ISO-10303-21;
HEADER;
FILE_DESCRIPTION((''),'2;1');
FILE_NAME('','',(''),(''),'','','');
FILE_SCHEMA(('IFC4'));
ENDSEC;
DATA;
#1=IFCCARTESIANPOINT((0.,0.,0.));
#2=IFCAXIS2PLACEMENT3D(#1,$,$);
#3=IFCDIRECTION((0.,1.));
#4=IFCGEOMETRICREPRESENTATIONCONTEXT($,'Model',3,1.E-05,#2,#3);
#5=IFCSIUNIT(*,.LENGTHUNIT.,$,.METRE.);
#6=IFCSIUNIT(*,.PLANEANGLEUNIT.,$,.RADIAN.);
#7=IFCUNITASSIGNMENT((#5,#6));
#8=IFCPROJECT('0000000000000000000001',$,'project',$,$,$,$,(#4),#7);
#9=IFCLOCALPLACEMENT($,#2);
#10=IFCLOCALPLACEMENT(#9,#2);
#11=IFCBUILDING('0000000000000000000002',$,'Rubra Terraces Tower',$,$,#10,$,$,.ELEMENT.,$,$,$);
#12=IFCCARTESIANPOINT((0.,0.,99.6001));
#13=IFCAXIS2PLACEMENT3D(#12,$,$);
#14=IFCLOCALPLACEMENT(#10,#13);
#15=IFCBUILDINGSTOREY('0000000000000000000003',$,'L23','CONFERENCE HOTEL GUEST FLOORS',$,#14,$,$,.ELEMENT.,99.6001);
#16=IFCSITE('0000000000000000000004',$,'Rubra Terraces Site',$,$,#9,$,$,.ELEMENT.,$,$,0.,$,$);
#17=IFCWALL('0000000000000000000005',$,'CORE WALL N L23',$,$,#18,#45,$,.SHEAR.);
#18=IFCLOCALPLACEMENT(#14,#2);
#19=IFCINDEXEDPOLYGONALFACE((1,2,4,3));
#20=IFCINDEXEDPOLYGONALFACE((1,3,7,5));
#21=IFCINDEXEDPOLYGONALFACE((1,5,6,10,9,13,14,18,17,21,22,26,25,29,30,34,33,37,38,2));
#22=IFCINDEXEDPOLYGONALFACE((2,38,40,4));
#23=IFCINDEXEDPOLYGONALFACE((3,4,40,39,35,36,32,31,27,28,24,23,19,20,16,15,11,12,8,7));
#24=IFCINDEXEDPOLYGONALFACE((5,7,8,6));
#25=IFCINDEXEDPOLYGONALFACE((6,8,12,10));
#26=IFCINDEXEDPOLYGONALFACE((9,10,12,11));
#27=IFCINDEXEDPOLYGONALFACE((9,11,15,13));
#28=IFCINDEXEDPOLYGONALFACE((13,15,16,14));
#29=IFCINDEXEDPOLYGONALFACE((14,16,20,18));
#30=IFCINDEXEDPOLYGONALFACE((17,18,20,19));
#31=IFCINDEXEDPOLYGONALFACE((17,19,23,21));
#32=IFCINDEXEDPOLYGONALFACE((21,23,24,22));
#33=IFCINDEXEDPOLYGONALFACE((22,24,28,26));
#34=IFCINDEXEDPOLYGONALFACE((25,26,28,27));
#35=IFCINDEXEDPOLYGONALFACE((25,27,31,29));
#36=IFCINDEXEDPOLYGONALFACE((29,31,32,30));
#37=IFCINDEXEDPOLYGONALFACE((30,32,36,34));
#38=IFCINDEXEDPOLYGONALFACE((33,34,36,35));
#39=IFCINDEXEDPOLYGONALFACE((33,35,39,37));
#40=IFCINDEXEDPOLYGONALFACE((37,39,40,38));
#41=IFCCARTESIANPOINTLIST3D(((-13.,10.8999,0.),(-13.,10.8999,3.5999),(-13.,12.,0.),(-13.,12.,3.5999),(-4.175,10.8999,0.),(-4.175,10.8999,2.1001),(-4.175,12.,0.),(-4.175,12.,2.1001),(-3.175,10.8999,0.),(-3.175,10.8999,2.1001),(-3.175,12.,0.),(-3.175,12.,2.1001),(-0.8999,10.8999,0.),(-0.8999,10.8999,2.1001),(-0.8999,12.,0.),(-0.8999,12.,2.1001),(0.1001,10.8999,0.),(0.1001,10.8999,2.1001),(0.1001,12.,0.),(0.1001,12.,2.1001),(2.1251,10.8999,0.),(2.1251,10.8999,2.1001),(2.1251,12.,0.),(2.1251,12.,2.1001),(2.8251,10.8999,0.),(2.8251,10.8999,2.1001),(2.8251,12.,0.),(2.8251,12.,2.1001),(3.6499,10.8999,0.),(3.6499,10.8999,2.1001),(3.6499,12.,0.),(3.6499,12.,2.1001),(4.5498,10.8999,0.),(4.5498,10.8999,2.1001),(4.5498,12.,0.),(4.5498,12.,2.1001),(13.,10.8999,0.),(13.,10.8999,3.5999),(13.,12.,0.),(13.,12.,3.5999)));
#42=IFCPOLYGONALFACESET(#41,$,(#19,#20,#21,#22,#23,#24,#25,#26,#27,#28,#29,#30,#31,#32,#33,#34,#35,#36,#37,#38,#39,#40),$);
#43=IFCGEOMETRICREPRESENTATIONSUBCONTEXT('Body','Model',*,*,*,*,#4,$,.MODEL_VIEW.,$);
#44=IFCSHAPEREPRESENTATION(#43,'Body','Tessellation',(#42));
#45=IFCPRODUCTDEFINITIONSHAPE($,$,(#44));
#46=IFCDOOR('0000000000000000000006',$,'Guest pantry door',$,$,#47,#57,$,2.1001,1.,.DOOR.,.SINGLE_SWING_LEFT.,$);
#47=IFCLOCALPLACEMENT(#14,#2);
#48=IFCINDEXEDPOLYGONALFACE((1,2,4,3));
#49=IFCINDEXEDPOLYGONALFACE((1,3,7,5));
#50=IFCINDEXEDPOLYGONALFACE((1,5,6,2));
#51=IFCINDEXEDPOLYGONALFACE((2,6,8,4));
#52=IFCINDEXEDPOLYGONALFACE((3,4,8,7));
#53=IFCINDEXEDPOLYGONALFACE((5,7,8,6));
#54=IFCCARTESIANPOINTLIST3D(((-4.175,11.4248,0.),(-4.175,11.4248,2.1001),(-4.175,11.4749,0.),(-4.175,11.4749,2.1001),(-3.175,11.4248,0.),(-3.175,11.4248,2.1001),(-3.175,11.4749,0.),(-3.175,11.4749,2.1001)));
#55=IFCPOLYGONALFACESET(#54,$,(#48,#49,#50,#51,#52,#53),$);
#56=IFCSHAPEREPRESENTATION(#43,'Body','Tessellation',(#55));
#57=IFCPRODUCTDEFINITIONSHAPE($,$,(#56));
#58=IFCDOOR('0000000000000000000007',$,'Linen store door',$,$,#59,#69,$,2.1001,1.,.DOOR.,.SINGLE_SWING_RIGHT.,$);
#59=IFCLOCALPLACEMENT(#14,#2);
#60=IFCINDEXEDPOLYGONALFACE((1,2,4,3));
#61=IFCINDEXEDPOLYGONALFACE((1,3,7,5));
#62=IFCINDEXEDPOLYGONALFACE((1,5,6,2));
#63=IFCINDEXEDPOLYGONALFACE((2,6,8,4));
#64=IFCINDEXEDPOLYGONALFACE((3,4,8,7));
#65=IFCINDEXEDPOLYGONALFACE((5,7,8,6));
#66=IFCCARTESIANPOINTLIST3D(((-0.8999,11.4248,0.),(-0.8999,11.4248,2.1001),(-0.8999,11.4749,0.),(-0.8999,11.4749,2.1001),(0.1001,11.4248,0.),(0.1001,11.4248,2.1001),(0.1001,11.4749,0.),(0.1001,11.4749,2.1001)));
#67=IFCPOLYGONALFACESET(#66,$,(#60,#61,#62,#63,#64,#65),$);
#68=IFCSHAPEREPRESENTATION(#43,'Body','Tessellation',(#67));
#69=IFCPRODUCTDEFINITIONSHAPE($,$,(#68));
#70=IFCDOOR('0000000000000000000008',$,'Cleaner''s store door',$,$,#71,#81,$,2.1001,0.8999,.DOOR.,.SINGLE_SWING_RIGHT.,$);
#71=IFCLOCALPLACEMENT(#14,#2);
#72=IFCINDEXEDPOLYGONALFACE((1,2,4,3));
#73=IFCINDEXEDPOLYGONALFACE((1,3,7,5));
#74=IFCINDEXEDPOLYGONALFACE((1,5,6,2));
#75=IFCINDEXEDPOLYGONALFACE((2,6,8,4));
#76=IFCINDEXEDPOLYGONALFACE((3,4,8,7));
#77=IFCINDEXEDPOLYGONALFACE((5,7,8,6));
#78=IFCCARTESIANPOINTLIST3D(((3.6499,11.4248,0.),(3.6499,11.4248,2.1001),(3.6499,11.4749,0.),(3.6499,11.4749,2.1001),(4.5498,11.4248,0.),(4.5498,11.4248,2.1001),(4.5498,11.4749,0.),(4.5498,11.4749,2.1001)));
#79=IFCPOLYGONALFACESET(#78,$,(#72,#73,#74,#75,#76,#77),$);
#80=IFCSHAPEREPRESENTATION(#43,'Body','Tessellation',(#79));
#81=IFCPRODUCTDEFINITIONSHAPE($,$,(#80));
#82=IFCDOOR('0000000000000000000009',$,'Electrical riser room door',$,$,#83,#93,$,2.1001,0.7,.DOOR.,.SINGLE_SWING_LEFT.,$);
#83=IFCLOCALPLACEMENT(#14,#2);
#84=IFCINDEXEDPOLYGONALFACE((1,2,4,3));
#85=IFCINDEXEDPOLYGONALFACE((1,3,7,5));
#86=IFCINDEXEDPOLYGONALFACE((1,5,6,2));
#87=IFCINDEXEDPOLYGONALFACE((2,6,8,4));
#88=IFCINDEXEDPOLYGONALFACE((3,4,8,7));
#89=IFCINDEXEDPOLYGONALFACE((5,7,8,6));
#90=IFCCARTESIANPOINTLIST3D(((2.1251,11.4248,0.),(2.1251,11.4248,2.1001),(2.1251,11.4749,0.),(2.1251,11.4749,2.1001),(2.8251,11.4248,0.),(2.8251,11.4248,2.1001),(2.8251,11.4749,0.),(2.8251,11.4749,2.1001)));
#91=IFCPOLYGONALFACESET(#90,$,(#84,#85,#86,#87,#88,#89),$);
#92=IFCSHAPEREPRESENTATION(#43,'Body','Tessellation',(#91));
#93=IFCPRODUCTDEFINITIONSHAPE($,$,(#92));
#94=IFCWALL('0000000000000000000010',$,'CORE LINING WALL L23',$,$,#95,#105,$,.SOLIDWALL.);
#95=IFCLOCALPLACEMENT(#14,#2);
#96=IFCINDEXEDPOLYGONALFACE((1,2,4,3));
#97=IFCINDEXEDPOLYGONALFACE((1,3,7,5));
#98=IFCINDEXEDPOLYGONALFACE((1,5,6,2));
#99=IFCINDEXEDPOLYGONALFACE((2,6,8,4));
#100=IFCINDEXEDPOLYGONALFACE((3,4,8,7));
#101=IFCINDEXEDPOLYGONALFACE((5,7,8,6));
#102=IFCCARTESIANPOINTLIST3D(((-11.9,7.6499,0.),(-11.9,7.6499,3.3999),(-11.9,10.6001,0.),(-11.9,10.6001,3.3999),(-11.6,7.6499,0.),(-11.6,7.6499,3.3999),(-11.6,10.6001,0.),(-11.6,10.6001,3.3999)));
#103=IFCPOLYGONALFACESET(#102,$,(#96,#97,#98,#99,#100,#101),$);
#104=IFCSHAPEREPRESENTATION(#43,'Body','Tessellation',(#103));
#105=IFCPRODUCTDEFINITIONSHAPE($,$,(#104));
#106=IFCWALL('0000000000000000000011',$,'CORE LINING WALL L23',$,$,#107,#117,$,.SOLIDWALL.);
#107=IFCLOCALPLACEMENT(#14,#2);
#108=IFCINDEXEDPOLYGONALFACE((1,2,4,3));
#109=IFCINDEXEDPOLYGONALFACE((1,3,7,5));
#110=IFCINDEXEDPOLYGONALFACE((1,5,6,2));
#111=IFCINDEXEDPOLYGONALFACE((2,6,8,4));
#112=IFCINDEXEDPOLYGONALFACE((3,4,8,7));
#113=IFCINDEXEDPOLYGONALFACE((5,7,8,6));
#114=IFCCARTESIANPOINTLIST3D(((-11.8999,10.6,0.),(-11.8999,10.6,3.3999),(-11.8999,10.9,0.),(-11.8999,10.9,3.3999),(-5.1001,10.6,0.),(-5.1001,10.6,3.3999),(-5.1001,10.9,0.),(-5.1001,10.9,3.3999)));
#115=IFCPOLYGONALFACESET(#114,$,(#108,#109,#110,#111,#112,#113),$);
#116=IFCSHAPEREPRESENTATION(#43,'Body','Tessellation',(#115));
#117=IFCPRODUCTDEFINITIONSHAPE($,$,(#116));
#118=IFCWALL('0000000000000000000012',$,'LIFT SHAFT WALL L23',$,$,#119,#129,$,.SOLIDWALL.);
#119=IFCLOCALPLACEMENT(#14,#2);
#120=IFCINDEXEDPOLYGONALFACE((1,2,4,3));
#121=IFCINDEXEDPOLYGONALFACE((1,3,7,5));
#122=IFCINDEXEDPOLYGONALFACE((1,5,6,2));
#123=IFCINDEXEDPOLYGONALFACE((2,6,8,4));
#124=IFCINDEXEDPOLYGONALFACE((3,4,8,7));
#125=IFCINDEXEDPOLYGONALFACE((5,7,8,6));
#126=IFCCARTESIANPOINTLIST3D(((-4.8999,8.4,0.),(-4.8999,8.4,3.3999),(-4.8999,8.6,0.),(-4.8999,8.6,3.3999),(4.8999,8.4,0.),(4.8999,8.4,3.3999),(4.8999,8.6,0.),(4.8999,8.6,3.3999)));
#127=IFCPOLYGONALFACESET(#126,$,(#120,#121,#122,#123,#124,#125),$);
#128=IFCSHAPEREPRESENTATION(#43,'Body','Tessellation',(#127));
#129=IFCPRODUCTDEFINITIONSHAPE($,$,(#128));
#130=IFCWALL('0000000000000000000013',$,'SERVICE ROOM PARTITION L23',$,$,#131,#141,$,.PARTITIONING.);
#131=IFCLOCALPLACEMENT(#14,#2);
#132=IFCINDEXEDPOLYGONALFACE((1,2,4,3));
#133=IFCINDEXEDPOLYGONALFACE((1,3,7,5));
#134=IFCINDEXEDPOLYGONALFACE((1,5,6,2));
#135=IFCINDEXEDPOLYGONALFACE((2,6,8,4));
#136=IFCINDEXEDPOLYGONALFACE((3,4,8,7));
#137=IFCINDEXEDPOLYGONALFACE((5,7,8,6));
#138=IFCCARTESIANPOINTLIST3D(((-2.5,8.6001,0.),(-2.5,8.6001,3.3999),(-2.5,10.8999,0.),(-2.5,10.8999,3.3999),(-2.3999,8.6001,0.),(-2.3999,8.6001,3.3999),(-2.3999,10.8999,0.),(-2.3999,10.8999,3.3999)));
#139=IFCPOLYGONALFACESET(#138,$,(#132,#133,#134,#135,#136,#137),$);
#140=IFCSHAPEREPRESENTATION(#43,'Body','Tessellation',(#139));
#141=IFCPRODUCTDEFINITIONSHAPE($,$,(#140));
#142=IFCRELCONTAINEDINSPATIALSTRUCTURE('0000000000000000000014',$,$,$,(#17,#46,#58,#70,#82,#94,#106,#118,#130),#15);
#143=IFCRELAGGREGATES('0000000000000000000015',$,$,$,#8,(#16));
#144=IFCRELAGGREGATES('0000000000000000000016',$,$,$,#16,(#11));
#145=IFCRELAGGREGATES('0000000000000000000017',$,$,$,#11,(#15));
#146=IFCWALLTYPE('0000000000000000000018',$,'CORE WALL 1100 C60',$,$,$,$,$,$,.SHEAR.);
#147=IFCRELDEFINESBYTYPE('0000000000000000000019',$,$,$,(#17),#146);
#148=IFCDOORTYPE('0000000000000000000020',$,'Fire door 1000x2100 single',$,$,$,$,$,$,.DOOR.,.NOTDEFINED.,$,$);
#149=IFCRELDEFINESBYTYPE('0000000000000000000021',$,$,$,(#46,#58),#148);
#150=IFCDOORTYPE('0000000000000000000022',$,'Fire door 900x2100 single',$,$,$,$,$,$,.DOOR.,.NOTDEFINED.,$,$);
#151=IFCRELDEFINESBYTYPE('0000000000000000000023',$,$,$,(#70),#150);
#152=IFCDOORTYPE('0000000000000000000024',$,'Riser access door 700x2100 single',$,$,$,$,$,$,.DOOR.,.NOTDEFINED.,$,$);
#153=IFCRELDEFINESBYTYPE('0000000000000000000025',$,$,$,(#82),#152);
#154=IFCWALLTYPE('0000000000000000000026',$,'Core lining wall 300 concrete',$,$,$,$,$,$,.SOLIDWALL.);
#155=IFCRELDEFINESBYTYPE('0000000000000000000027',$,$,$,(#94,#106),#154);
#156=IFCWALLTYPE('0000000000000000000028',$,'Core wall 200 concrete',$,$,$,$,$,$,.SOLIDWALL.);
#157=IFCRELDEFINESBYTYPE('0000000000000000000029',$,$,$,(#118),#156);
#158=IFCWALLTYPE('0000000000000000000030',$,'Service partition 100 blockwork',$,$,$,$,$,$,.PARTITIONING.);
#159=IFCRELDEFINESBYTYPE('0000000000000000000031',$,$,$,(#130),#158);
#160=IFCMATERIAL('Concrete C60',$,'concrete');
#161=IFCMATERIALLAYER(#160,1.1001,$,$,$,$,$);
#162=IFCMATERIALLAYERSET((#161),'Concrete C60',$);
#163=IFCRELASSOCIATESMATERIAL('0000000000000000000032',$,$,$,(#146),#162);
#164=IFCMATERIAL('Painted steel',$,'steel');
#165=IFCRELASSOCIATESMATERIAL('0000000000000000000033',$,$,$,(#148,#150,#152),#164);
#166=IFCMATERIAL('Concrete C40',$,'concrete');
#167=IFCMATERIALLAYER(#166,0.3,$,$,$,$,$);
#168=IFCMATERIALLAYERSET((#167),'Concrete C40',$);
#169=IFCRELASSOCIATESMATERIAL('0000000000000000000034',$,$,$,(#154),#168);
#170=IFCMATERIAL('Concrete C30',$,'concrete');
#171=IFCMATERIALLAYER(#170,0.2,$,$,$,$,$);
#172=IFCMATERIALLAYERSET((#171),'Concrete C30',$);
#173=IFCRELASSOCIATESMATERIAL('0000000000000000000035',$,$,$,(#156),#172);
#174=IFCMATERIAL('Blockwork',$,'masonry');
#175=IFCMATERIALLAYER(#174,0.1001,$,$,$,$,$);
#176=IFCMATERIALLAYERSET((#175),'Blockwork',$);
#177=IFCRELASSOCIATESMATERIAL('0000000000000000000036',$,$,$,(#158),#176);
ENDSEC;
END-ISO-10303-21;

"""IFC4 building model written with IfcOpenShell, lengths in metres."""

from ifc_helpers import new_model, si_unit, direction, frame, frame_2d, origin, place, context, subcontext, project, spatial, rectangle, extrude, material, layer, layer_set, type_object, element, fill, save


model = new_model("IFC4")

# Units and contexts
model_context = context("Model", 3, precision=1e-05, world=origin(), true_north=direction((0.0, 1.0)))
body_context = subcontext(model_context, "Body", "Model", "MODEL_VIEW")
ifc_project = project(units=[si_unit("LENGTHUNIT", "METRE"), si_unit("PLANEANGLEUNIT", "RADIAN")], contexts=[model_context])

# Site, building, storey
site_placement = place(None, origin())
site = spatial("IfcSite", under=ifc_project, at=site_placement, Name="Rubra Terraces Site", CompositionType="ELEMENT", RefElevation=0.0)
building_placement = place(site_placement, origin())
building = spatial("IfcBuilding", under=site, at=building_placement, Name="Rubra Terraces Tower", CompositionType="ELEMENT")
storey_placement = place(building_placement, frame((0.0, 0.0, 99.6001)))
storey = spatial("IfcBuildingStorey", under=building, at=storey_placement, Name="L23", Description="CONFERENCE HOTEL GUEST FLOORS", CompositionType="ELEMENT", Elevation=99.6001)

# Wall, openings, doors
ifc_material_1 = material(Name="Concrete C60", Category="concrete")
ifc_layer_1 = layer(ifc_material_1, 1.1001)
ifc_layer_set_1 = layer_set([ifc_layer_1], Name="Concrete C60")
wall_type_1 = type_object("IfcWallType", Name="CORE WALL 1100 C60", PredefinedType="SHEAR", material=ifc_layer_set_1)
wall_1_placement = place(storey_placement, frame((-13.0, 11.45, 0.0), z_axis=(0.0, 0.0, 1.0), x_axis=(1.0, 0.0, 0.0)))
wall_1 = element("IfcWall", 1, at=wall_1_placement, inside=storey, type_object=wall_type_1, Name="CORE WALL N L23", PredefinedType="SHEAR", context=body_context, shape_type="SweptSolid", body=[
    extrude(rectangle(XDim=26.0, YDim=1.1001, at=frame_2d((13.0, 0.0))), origin(), (0.0, 0.0, 1.0), 3.5999),
])
opening_1_placement = place(wall_1_placement, frame((8.825, 0.0, 0.0)))
opening_1 = element("IfcOpeningElement", 2, at=opening_1_placement, cuts=wall_1, PredefinedType="OPENING", context=body_context, shape_type="SweptSolid", body=[
    extrude(rectangle(XDim=1.0, YDim=2.1001, at=frame_2d((0.5, 1.05))), frame((0.0, 0.5601, 0.0), z_axis=(0.0, -1.0, 0.0), x_axis=(1.0, 0.0, 0.0)), (0.0, 0.0, 1.0), 1.1201),
])
opening_2_placement = place(wall_1_placement, frame((12.1001, 0.0, 0.0)))
opening_2 = element("IfcOpeningElement", 3, at=opening_2_placement, cuts=wall_1, PredefinedType="OPENING", context=body_context, shape_type="SweptSolid", body=[
    extrude(rectangle(XDim=1.0, YDim=2.1001, at=frame_2d((0.5, 1.05))), frame((0.0, 0.5601, 0.0), z_axis=(0.0, -1.0, 0.0), x_axis=(1.0, 0.0, 0.0)), (0.0, 0.0, 1.0), 1.1201),
])
opening_3_placement = place(wall_1_placement, frame((15.125, 0.0, 0.0)))
opening_3 = element("IfcOpeningElement", 4, at=opening_3_placement, cuts=wall_1, PredefinedType="OPENING", context=body_context, shape_type="SweptSolid", body=[
    extrude(rectangle(XDim=0.7, YDim=2.1001, at=frame_2d((0.3501, 1.05))), frame((0.0, 0.5601, 0.0), z_axis=(0.0, -1.0, 0.0), x_axis=(1.0, 0.0, 0.0)), (0.0, 0.0, 1.0), 1.1201),
])
opening_4_placement = place(wall_1_placement, frame((16.6499, 0.0, 0.0)))
opening_4 = element("IfcOpeningElement", 5, at=opening_4_placement, cuts=wall_1, PredefinedType="OPENING", context=body_context, shape_type="SweptSolid", body=[
    extrude(rectangle(XDim=0.8999, YDim=2.1001, at=frame_2d((0.45, 1.05))), frame((0.0, 0.5601, 0.0), z_axis=(0.0, -1.0, 0.0), x_axis=(1.0, 0.0, 0.0)), (0.0, 0.0, 1.0), 1.1201),
])
ifc_material_2 = material(Name="Painted steel", Category="steel")
door_type_1 = type_object("IfcDoorType", Name="Fire door 1000x2100 single", OperationType="NOTDEFINED", PredefinedType="DOOR", material=ifc_material_2)
door_1_placement = place(opening_1_placement, origin())
door_1 = element("IfcDoor", 6, at=door_1_placement, inside=storey, type_object=door_type_1, Name="Guest pantry door", OperationType="SINGLE_SWING_LEFT", OverallHeight=2.1001, OverallWidth=1.0, PredefinedType="DOOR", context=body_context, shape_type="SweptSolid", body=[
    extrude(rectangle(XDim=1.0, YDim=2.1001, at=frame_2d((0.5, 1.05))), frame((0.0, 0.0249, 0.0), z_axis=(0.0, -1.0, 0.0), x_axis=(1.0, 0.0, 0.0)), (0.0, 0.0, 1.0), 0.05),
])
fill(opening_1, door_1)
door_2_placement = place(opening_2_placement, origin())
door_2 = element("IfcDoor", 7, at=door_2_placement, inside=storey, type_object=door_type_1, Name="Linen store door", OperationType="SINGLE_SWING_RIGHT", OverallHeight=2.1001, OverallWidth=1.0, PredefinedType="DOOR", context=body_context, shape_type="SweptSolid", body=[
    extrude(rectangle(XDim=1.0, YDim=2.1001, at=frame_2d((0.5, 1.05))), frame((0.0, 0.0249, 0.0), z_axis=(0.0, -1.0, 0.0), x_axis=(1.0, 0.0, 0.0)), (0.0, 0.0, 1.0), 0.05),
])
fill(opening_2, door_2)
door_type_2 = type_object("IfcDoorType", Name="Fire door 900x2100 single", OperationType="NOTDEFINED", PredefinedType="DOOR", material=ifc_material_2)
door_3_placement = place(opening_4_placement, origin())
door_3 = element("IfcDoor", 8, at=door_3_placement, inside=storey, type_object=door_type_2, Name="Cleaner's store door", OperationType="SINGLE_SWING_RIGHT", OverallHeight=2.1001, OverallWidth=0.8999, PredefinedType="DOOR", context=body_context, shape_type="SweptSolid", body=[
    extrude(rectangle(XDim=0.8999, YDim=2.1001, at=frame_2d((0.45, 1.05))), frame((0.0, 0.0249, 0.0), z_axis=(0.0, -1.0, 0.0), x_axis=(1.0, 0.0, 0.0)), (0.0, 0.0, 1.0), 0.05),
])
fill(opening_4, door_3)
door_type_3 = type_object("IfcDoorType", Name="Riser access door 700x2100 single", OperationType="NOTDEFINED", PredefinedType="DOOR", material=ifc_material_2)
door_4_placement = place(opening_3_placement, origin())
door_4 = element("IfcDoor", 9, at=door_4_placement, inside=storey, type_object=door_type_3, Name="Electrical riser room door", OperationType="SINGLE_SWING_LEFT", OverallHeight=2.1001, OverallWidth=0.7, PredefinedType="DOOR", context=body_context, shape_type="SweptSolid", body=[
    extrude(rectangle(XDim=0.7, YDim=2.1001, at=frame_2d((0.3501, 1.05))), frame((0.0, 0.0249, 0.0), z_axis=(0.0, -1.0, 0.0), x_axis=(1.0, 0.0, 0.0)), (0.0, 0.0, 1.0), 0.05),
])
fill(opening_3, door_4)

# Walls
ifc_material_3 = material(Name="Concrete C40", Category="concrete")
ifc_layer_2 = layer(ifc_material_3, 0.3)
ifc_layer_set_2 = layer_set([ifc_layer_2], Name="Concrete C40")
wall_type_2 = type_object("IfcWallType", Name="Core lining wall 300 concrete", PredefinedType="SOLIDWALL", material=ifc_layer_set_2)
wall_2_placement = place(storey_placement, frame((-11.75, 7.6499, 0.0), z_axis=(0.0, 0.0, 1.0), x_axis=(0.0, 1.0, 0.0)))
element("IfcWall", 10, at=wall_2_placement, inside=storey, type_object=wall_type_2, Name="CORE LINING WALL L23", PredefinedType="SOLIDWALL", context=body_context, shape_type="SweptSolid", body=[
    extrude(rectangle(XDim=2.9502, YDim=0.3, at=frame_2d((1.4751, 0.0))), origin(), (0.0, 0.0, 1.0), 3.3999),
])
wall_3_placement = place(storey_placement, frame((-11.8999, 10.75, 0.0), z_axis=(0.0, 0.0, 1.0), x_axis=(1.0, 0.0, 0.0)))
element("IfcWall", 11, at=wall_3_placement, inside=storey, type_object=wall_type_2, Name="CORE LINING WALL L23", PredefinedType="SOLIDWALL", context=body_context, shape_type="SweptSolid", body=[
    extrude(rectangle(XDim=6.7998, YDim=0.3, at=frame_2d((3.3999, 0.0))), origin(), (0.0, 0.0, 1.0), 3.3999),
])
ifc_material_4 = material(Name="Concrete C30", Category="concrete")
ifc_layer_3 = layer(ifc_material_4, 0.2)
ifc_layer_set_3 = layer_set([ifc_layer_3], Name="Concrete C30")
wall_type_3 = type_object("IfcWallType", Name="Core wall 200 concrete", PredefinedType="SOLIDWALL", material=ifc_layer_set_3)
wall_4_placement = place(storey_placement, frame((-4.8999, 8.5, 0.0), z_axis=(0.0, 0.0, 1.0), x_axis=(1.0, 0.0, 0.0)))
element("IfcWall", 12, at=wall_4_placement, inside=storey, type_object=wall_type_3, Name="LIFT SHAFT WALL L23", PredefinedType="SOLIDWALL", context=body_context, shape_type="SweptSolid", body=[
    extrude(rectangle(XDim=9.7998, YDim=0.2, at=frame_2d((4.8999, 0.0))), origin(), (0.0, 0.0, 1.0), 3.3999),
])
ifc_material_5 = material(Name="Blockwork", Category="masonry")
ifc_layer_4 = layer(ifc_material_5, 0.1001)
ifc_layer_set_4 = layer_set([ifc_layer_4], Name="Blockwork")
wall_type_4 = type_object("IfcWallType", Name="Service partition 100 blockwork", PredefinedType="PARTITIONING", material=ifc_layer_set_4)
wall_5_placement = place(storey_placement, frame((-2.45, 8.6001, 0.0), z_axis=(0.0, 0.0, 1.0), x_axis=(0.0, 1.0, 0.0)))
element("IfcWall", 13, at=wall_5_placement, inside=storey, type_object=wall_type_4, Name="SERVICE ROOM PARTITION L23", PredefinedType="PARTITIONING", context=body_context, shape_type="SweptSolid", body=[
    extrude(rectangle(XDim=2.2998, YDim=0.1001, at=frame_2d((1.1499, 0.0))), origin(), (0.0, 0.0, 1.0), 3.3999),
])

save(model, "model.ifc")
